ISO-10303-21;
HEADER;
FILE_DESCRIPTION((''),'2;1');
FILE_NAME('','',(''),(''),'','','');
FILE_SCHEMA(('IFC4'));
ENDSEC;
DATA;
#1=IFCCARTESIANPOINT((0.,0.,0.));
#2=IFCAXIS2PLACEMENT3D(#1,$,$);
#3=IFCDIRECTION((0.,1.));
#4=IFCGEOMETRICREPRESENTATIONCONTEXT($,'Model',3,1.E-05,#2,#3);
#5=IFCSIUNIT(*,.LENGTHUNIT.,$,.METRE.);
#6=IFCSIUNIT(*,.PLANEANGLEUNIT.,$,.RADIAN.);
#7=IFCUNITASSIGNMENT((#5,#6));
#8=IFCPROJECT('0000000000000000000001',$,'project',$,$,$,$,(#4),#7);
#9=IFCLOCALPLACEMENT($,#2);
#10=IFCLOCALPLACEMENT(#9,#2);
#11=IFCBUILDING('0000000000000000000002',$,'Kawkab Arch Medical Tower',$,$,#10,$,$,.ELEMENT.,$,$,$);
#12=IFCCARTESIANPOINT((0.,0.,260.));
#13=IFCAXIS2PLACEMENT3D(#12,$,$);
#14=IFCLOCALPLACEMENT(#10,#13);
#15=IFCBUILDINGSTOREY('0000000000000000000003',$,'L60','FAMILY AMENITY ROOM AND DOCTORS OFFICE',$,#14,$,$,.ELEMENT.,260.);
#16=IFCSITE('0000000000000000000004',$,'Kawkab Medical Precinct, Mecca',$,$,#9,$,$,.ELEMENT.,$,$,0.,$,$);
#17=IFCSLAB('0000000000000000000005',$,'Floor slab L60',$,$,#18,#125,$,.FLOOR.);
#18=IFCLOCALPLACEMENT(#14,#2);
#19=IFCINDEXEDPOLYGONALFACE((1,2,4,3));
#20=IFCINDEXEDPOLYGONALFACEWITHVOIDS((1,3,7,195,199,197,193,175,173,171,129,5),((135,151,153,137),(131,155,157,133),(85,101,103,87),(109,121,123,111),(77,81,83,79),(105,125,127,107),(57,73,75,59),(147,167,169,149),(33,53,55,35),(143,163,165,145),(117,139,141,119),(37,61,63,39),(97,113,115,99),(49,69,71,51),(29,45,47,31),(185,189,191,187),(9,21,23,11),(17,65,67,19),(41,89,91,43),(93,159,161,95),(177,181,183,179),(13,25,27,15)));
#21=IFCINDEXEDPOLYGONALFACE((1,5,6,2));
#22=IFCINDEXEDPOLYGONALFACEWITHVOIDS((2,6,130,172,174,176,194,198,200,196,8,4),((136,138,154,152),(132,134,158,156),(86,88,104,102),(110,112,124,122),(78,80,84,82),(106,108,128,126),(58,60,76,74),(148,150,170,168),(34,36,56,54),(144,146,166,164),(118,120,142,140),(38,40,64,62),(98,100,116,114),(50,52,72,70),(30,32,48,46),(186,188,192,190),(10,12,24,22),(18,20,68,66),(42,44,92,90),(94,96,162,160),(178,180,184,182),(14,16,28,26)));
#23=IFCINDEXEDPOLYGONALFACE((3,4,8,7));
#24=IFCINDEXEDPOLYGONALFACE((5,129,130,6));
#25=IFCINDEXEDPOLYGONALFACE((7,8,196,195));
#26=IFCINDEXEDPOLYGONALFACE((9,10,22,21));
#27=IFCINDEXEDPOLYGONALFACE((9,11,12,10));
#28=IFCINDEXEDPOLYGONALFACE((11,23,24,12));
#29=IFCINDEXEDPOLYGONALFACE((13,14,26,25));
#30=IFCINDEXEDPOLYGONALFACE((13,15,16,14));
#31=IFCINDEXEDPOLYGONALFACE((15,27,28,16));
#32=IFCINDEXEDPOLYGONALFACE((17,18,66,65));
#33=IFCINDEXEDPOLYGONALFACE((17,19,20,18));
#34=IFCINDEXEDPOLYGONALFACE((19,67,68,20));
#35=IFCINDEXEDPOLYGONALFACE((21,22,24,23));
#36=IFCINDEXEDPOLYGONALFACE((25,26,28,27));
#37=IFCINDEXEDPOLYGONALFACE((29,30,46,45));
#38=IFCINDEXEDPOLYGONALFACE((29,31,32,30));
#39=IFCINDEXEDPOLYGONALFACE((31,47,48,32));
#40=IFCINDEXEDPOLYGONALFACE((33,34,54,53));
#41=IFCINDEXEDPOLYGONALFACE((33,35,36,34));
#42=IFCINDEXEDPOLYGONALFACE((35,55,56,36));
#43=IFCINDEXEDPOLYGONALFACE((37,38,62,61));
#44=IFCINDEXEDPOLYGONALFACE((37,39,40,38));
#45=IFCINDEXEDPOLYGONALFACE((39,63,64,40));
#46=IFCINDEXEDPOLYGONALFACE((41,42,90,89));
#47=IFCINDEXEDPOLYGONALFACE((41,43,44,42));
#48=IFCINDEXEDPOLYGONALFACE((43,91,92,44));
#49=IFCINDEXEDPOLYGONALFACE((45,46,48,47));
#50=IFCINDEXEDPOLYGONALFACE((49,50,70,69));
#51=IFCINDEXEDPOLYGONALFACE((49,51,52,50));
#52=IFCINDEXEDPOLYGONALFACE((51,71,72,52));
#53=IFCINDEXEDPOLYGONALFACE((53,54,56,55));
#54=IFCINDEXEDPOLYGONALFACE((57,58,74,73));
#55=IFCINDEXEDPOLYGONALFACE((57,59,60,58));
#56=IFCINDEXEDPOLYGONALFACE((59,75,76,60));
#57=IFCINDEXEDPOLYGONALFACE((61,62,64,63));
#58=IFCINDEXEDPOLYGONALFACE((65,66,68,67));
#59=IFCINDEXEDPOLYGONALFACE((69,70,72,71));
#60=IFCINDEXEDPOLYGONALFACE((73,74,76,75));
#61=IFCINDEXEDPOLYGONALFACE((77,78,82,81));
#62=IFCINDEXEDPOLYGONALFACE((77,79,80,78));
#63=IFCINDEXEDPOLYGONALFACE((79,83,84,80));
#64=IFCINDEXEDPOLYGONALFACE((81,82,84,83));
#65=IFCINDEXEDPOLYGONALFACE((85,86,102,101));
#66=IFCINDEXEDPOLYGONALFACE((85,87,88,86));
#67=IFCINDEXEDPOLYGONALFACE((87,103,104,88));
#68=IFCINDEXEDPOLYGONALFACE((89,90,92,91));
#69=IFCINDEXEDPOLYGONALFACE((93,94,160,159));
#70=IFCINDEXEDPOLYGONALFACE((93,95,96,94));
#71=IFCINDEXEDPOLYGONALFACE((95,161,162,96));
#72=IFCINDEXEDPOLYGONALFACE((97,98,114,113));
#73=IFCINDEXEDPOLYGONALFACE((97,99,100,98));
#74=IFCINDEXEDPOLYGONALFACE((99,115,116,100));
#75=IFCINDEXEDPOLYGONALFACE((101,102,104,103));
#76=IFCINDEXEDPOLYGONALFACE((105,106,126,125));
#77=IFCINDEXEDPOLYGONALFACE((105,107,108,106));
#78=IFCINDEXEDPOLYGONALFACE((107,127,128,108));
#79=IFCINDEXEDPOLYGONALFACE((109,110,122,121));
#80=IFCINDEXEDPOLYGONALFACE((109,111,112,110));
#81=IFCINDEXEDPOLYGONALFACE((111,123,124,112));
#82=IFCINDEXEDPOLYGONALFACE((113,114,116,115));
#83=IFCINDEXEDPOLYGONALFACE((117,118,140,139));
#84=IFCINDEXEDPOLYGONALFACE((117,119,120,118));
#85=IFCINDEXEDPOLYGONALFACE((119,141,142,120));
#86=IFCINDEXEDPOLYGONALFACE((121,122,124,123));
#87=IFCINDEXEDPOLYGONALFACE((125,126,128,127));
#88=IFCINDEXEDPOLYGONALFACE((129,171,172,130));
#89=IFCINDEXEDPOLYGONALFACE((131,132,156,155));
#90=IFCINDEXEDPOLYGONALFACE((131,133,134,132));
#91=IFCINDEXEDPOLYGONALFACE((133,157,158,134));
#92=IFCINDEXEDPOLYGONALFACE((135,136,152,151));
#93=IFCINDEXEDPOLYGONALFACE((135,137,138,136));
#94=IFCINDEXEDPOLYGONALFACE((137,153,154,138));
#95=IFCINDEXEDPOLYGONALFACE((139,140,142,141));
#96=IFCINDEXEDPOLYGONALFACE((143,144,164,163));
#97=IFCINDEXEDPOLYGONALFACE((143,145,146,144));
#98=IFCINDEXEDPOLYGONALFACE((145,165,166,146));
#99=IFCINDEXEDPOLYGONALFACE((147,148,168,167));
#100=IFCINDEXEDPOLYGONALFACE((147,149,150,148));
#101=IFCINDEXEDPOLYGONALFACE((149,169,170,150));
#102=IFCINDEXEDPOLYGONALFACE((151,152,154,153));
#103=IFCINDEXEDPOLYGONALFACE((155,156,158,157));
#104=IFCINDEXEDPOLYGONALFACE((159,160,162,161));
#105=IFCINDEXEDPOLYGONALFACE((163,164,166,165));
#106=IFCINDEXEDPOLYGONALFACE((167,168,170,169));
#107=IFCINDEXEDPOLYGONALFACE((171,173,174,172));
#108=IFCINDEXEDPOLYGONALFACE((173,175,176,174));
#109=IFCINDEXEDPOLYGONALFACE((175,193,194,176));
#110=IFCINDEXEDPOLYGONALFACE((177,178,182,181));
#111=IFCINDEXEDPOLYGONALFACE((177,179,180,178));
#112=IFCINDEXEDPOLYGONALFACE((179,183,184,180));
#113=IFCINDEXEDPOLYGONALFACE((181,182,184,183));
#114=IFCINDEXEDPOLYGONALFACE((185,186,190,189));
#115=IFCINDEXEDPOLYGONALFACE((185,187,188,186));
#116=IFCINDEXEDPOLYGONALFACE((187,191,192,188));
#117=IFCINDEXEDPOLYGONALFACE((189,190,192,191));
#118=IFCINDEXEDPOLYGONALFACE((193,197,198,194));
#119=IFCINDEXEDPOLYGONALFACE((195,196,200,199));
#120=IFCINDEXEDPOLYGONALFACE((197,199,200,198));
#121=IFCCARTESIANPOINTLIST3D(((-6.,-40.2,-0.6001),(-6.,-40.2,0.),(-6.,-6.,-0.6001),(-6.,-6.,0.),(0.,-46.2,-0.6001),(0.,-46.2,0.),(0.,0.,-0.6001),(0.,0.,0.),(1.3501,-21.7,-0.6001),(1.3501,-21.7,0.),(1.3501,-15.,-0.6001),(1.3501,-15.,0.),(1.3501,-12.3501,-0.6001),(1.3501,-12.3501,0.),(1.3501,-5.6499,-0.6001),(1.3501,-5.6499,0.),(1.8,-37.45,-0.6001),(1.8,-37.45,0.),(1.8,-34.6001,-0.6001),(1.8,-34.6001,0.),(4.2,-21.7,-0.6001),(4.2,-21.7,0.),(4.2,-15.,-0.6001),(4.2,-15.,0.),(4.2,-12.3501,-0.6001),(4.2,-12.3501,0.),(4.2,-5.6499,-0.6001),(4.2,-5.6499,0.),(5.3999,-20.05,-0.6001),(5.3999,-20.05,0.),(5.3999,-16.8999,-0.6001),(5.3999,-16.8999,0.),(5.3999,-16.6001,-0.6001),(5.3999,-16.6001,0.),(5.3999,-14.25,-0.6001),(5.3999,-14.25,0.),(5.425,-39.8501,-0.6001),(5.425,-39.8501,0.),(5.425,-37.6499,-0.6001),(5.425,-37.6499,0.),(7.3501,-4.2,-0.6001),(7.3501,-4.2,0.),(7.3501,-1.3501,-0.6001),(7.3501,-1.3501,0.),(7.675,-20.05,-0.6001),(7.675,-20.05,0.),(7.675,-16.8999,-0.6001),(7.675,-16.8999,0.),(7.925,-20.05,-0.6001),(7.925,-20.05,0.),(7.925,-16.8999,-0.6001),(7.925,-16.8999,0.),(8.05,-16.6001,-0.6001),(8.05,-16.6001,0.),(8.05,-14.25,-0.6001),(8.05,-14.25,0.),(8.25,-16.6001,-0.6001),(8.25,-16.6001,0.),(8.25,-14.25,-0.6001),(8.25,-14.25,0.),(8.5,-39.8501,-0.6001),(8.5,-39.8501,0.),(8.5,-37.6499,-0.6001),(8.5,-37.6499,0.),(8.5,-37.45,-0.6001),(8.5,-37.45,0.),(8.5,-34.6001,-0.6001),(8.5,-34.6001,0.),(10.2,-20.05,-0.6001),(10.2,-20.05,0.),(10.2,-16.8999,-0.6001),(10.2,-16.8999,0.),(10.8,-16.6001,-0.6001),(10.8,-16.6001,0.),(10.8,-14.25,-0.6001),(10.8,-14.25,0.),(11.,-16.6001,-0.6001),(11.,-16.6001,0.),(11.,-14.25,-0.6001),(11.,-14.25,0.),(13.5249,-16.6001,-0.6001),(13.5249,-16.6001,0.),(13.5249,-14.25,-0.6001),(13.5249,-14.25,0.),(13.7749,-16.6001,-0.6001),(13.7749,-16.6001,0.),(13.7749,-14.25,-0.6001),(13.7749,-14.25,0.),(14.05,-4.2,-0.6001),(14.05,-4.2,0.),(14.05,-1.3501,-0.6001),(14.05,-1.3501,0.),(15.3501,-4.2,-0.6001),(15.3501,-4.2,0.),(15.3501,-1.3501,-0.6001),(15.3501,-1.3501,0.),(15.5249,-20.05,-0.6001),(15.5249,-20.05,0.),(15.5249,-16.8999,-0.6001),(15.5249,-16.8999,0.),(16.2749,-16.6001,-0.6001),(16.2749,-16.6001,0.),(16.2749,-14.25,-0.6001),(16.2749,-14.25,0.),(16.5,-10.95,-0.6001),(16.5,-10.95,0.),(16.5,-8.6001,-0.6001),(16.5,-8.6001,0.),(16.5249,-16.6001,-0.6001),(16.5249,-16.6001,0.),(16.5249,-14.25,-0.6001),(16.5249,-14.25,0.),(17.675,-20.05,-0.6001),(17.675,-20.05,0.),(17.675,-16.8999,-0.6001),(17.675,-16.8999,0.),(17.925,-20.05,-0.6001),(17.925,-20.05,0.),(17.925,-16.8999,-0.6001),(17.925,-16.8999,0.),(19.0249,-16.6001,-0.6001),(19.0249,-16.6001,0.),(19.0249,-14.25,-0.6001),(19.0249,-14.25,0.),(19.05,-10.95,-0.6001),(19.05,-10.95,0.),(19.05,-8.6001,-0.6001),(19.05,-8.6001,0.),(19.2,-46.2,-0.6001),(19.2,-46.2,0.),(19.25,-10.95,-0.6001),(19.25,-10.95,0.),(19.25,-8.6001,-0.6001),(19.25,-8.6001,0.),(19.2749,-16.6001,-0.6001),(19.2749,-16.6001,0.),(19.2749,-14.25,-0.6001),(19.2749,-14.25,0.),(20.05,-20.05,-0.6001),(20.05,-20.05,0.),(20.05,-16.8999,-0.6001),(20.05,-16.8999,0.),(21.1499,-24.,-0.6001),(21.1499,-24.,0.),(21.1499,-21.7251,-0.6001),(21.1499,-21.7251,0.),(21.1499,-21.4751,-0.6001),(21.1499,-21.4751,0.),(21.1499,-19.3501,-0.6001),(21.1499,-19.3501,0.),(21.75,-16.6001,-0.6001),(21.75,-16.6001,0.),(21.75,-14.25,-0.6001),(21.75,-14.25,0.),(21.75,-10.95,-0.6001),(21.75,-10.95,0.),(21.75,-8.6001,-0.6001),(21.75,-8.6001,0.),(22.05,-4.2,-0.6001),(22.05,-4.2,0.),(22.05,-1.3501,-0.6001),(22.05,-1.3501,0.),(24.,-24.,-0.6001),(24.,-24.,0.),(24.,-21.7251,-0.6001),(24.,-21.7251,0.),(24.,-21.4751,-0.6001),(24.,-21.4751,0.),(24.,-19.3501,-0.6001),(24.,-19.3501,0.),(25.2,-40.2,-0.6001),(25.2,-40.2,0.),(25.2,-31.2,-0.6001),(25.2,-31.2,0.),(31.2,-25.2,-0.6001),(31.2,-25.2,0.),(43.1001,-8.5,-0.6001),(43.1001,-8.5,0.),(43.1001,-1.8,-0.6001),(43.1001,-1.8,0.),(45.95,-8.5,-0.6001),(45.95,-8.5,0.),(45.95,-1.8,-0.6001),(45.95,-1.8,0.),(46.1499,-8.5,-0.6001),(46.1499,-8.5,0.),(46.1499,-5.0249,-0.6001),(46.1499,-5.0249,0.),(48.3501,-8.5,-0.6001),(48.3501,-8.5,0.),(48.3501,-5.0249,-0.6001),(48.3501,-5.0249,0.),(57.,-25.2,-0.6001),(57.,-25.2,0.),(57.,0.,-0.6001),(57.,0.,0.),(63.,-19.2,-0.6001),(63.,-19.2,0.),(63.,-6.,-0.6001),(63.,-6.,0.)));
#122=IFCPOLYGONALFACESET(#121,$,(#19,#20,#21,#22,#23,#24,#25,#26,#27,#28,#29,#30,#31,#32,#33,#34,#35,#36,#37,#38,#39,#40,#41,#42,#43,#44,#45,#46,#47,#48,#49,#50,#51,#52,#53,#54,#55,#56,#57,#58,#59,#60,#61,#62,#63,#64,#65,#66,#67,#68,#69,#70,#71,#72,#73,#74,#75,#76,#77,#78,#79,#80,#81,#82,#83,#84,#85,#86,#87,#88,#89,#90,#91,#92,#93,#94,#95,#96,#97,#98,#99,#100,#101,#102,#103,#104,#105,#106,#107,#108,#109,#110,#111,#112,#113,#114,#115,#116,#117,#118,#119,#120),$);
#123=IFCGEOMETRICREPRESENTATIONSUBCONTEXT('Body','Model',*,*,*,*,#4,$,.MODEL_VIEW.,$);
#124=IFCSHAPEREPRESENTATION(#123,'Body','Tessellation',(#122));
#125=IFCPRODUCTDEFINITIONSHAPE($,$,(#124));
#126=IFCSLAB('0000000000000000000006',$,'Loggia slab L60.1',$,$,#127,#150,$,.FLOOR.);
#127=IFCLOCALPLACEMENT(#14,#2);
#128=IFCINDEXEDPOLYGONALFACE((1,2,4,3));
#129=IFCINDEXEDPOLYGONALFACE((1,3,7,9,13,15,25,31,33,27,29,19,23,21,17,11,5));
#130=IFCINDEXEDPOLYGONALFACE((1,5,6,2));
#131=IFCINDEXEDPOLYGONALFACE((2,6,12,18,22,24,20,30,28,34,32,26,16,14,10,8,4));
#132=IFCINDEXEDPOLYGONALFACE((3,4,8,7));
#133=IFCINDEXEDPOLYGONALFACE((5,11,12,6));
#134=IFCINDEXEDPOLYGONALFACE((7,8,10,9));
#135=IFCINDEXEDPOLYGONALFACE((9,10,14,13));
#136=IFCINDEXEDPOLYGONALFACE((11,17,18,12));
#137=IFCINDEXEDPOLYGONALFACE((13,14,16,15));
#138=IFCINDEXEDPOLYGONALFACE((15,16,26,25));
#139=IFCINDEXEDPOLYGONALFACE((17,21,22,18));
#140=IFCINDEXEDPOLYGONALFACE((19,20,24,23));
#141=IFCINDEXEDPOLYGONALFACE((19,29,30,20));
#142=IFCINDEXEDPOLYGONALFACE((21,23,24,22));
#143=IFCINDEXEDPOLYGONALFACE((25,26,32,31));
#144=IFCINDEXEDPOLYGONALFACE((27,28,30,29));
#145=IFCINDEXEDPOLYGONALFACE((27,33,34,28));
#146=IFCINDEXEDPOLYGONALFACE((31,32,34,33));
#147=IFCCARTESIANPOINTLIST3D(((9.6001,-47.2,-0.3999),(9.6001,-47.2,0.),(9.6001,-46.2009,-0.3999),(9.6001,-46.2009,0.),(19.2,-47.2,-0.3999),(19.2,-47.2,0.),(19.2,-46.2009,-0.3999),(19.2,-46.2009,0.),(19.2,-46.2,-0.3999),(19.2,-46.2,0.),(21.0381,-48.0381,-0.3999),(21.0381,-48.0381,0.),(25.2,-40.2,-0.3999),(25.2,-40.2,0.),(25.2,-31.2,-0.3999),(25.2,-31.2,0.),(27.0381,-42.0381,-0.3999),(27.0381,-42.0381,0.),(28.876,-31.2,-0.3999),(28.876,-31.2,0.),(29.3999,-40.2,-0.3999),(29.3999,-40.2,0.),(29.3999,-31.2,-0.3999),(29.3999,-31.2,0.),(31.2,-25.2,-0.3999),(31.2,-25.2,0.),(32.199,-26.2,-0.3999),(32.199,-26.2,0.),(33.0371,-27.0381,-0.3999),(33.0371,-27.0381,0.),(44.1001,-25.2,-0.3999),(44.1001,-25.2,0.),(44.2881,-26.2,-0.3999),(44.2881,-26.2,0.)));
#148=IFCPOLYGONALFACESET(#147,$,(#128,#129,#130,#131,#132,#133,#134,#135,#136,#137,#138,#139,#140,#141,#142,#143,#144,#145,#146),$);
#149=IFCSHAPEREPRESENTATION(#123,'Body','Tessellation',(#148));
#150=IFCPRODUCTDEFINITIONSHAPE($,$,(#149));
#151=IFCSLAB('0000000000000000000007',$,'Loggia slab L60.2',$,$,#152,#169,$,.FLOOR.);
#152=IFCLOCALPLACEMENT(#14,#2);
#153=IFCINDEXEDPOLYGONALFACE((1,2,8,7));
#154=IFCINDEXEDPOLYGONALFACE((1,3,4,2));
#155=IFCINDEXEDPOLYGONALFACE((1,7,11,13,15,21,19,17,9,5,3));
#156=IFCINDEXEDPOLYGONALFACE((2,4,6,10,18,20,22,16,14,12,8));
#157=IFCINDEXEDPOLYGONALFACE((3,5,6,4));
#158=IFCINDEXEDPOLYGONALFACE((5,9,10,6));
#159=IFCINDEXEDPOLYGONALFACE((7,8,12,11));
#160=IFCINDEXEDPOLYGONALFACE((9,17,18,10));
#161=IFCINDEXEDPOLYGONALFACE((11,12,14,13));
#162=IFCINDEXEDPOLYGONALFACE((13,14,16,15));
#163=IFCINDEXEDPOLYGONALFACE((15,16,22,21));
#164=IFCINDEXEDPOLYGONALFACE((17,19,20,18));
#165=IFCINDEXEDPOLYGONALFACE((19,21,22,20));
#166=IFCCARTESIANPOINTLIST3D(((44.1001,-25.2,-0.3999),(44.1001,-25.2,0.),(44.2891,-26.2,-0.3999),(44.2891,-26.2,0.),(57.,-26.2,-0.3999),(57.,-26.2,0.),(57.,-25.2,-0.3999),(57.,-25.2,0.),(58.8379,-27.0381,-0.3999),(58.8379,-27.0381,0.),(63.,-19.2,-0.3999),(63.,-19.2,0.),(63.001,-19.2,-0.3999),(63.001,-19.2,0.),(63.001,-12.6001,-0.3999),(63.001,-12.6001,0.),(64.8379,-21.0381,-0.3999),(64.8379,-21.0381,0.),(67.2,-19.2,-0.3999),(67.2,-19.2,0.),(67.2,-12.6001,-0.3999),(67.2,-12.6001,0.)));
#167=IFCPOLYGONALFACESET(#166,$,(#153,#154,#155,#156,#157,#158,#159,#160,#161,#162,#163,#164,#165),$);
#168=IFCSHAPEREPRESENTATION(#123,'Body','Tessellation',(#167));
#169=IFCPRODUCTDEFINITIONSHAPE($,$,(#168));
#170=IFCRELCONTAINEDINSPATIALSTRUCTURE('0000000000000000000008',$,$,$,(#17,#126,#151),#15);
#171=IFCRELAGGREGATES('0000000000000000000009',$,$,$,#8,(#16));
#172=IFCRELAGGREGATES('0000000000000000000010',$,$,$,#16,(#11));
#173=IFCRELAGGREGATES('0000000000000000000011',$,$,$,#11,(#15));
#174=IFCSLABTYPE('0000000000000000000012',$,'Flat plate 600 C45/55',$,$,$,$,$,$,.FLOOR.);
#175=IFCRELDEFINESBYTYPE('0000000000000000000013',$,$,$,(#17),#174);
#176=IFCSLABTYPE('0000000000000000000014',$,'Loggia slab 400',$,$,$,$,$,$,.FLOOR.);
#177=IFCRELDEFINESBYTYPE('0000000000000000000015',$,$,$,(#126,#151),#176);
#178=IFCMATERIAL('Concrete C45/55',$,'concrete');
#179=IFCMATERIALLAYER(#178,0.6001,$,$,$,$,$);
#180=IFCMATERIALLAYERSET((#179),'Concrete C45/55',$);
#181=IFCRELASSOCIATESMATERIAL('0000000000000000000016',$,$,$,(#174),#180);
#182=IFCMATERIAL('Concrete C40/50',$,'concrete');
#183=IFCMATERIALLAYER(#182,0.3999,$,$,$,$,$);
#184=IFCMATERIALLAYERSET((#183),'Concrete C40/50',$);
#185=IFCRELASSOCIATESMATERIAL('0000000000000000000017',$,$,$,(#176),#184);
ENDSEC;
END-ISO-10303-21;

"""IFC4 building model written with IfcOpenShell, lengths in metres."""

from ifc_helpers import new_model, si_unit, direction, frame, origin, place, context, subcontext, project, spatial, polyline, outline, extrude, material, layer, layer_set, type_object, element, save


model = new_model("IFC4")

# Units and contexts
model_context = context("Model", 3, precision=1e-05, world=origin(), true_north=direction((0.0, 1.0)))
body_context = subcontext(model_context, "Body", "Model", "MODEL_VIEW")
ifc_project = project(units=[si_unit("LENGTHUNIT", "METRE"), si_unit("PLANEANGLEUNIT", "RADIAN")], contexts=[model_context])

# Site, building, storey
site_placement = place(None, origin())
site = spatial("IfcSite", under=ifc_project, at=site_placement, Name="Kawkab Medical Precinct, Mecca", CompositionType="ELEMENT", RefElevation=0.0)
building_placement = place(site_placement, origin())
building = spatial("IfcBuilding", under=site, at=building_placement, Name="Kawkab Arch Medical Tower", CompositionType="ELEMENT")
storey_placement = place(building_placement, frame((0.0, 0.0, 260.0)))
storey = spatial("IfcBuildingStorey", under=building, at=storey_placement, Name="L60", Description="FAMILY AMENITY ROOM AND DOCTORS OFFICE", CompositionType="ELEMENT", Elevation=260.0)

# Slabs
ifc_material_1 = material(Name="Concrete C45/55", Category="concrete")
ifc_layer_1 = layer(ifc_material_1, 0.6001)
ifc_layer_set_1 = layer_set([ifc_layer_1], Name="Concrete C45/55")
slab_type_1 = type_object("IfcSlabType", Name="Flat plate 600 C45/55", PredefinedType="FLOOR", material=ifc_layer_set_1)
slab_1_placement = place(storey_placement, frame((0.0, 0.0, -0.6001)))
element("IfcSlab", 1, at=slab_1_placement, inside=storey, type_object=slab_type_1, Name="Floor slab L60", PredefinedType="FLOOR", context=body_context, shape_type="SweptSolid", body=[
    extrude(outline(polyline([(0.0, 0.0), (57.0, 0.0), (63.0, -6.0), (63.0, -19.2), (57.0, -25.2), (31.2, -25.2), (25.2, -31.2), (25.2, -40.2), (19.2, -46.2), (0.0, -46.2), (-6.0, -40.2), (-6.0, -6.0), (0.0, 0.0)]), holes=[polyline([(5.425, -37.6499), (5.425, -39.8501), (8.5, -39.8501), (8.5, -37.6499), (5.425, -37.6499)]), polyline([(8.5, -37.45), (8.5, -34.6001), (1.8, -34.6001), (1.8, -37.45), (8.5, -37.45)]), polyline([(5.3999, -20.05), (7.675, -20.05), (7.675, -16.8999), (5.3999, -16.8999), (5.3999, -20.05)]), polyline([(10.2, -20.05), (10.2, -16.8999), (7.925, -16.8999), (7.925, -20.05), (10.2, -20.05)]), polyline([(4.2, -21.7), (4.2, -15.0), (1.3501, -15.0), (1.3501, -21.7), (4.2, -21.7)]), polyline([(5.3999, -16.6001), (8.05, -16.6001), (8.05, -14.25), (5.3999, -14.25), (5.3999, -16.6001)]), polyline([(8.25, -14.25), (8.25, -16.6001), (10.8, -16.6001), (10.8, -14.25), (8.25, -14.25)]), polyline([(11.0, -14.25), (11.0, -16.6001), (13.5249, -16.6001), (13.5249, -14.25), (11.0, -14.25)]), polyline([(16.2749, -14.25), (13.7749, -14.25), (13.7749, -16.6001), (16.2749, -16.6001), (16.2749, -14.25)]), polyline([(4.2, -12.3501), (4.2, -5.6499), (1.3501, -5.6499), (1.3501, -12.3501), (4.2, -12.3501)]), polyline([(7.3501, -4.2), (14.05, -4.2), (14.05, -1.3501), (7.3501, -1.3501), (7.3501, -4.2)]), polyline([(24.0, -21.7251), (21.1499, -21.7251), (21.1499, -24.0), (24.0, -24.0), (24.0, -21.7251)]), polyline([(24.0, -19.3501), (21.1499, -19.3501), (21.1499, -21.4751), (24.0, -21.4751), (24.0, -19.3501)]), polyline([(17.675, -16.8999), (15.5249, -16.8999), (15.5249, -20.05), (17.675, -20.05), (17.675, -16.8999)]), polyline([(20.05, -16.8999), (17.925, -16.8999), (17.925, -20.05), (20.05, -20.05), (20.05, -16.8999)]), polyline([(16.5249, -16.6001), (19.0249, -16.6001), (19.0249, -14.25), (16.5249, -14.25), (16.5249, -16.6001)]), polyline([(21.75, -16.6001), (21.75, -14.25), (19.2749, -14.25), (19.2749, -16.6001), (21.75, -16.6001)]), polyline([(19.05, -10.95), (19.05, -8.6001), (16.5, -8.6001), (16.5, -10.95), (19.05, -10.95)]), polyline([(21.75, -10.95), (21.75, -8.6001), (19.25, -8.6001), (19.25, -10.95), (21.75, -10.95)]), polyline([(46.1499, -8.5), (48.3501, -8.5), (48.3501, -5.0249), (46.1499, -5.0249), (46.1499, -8.5)]), polyline([(43.1001, -1.8), (43.1001, -8.5), (45.95, -8.5), (45.95, -1.8), (43.1001, -1.8)]), polyline([(22.05, -1.3501), (15.3501, -1.3501), (15.3501, -4.2), (22.05, -4.2), (22.05, -1.3501)])]), origin(), (0.0, 0.0, 1.0), 0.6001),
])
ifc_material_2 = material(Name="Concrete C40/50", Category="concrete")
ifc_layer_2 = layer(ifc_material_2, 0.3999)
ifc_layer_set_2 = layer_set([ifc_layer_2], Name="Concrete C40/50")
slab_type_2 = type_object("IfcSlabType", Name="Loggia slab 400", PredefinedType="FLOOR", material=ifc_layer_set_2)
placement_1 = place(storey_placement, frame((0.0, 0.0, -0.3999)))
element("IfcSlab", 2, at=placement_1, inside=storey, type_object=slab_type_2, Name="Loggia slab L60.1", PredefinedType="FLOOR", context=body_context, shape_type="SweptSolid", body=[
    extrude(outline(polyline([(9.6001, -46.2009), (19.2, -46.2009), (19.2, -46.2), (25.2, -40.2), (25.2, -31.2), (31.2, -25.2), (44.1001, -25.2), (44.2881, -26.2), (32.199, -26.2), (33.0371, -27.0381), (28.876, -31.2), (29.3999, -31.2), (29.3999, -40.2), (27.0381, -42.0381), (21.0381, -48.0381), (19.2, -47.2), (9.6001, -47.2), (9.6001, -46.2009)])), origin(), (0.0, 0.0, 1.0), 0.3999),
])
element("IfcSlab", 3, at=placement_1, inside=storey, type_object=slab_type_2, Name="Loggia slab L60.2", PredefinedType="FLOOR", context=body_context, shape_type="SweptSolid", body=[
    extrude(outline(polyline([(64.8379, -21.0381), (58.8379, -27.0381), (57.0, -26.2), (44.2891, -26.2), (44.1001, -25.2), (57.0, -25.2), (63.0, -19.2), (63.001, -19.2), (63.001, -12.6001), (67.2, -12.6001), (67.2, -19.2), (64.8379, -21.0381)])), origin(), (0.0, 0.0, 1.0), 0.3999),
])

save(model, "model.ifc")
